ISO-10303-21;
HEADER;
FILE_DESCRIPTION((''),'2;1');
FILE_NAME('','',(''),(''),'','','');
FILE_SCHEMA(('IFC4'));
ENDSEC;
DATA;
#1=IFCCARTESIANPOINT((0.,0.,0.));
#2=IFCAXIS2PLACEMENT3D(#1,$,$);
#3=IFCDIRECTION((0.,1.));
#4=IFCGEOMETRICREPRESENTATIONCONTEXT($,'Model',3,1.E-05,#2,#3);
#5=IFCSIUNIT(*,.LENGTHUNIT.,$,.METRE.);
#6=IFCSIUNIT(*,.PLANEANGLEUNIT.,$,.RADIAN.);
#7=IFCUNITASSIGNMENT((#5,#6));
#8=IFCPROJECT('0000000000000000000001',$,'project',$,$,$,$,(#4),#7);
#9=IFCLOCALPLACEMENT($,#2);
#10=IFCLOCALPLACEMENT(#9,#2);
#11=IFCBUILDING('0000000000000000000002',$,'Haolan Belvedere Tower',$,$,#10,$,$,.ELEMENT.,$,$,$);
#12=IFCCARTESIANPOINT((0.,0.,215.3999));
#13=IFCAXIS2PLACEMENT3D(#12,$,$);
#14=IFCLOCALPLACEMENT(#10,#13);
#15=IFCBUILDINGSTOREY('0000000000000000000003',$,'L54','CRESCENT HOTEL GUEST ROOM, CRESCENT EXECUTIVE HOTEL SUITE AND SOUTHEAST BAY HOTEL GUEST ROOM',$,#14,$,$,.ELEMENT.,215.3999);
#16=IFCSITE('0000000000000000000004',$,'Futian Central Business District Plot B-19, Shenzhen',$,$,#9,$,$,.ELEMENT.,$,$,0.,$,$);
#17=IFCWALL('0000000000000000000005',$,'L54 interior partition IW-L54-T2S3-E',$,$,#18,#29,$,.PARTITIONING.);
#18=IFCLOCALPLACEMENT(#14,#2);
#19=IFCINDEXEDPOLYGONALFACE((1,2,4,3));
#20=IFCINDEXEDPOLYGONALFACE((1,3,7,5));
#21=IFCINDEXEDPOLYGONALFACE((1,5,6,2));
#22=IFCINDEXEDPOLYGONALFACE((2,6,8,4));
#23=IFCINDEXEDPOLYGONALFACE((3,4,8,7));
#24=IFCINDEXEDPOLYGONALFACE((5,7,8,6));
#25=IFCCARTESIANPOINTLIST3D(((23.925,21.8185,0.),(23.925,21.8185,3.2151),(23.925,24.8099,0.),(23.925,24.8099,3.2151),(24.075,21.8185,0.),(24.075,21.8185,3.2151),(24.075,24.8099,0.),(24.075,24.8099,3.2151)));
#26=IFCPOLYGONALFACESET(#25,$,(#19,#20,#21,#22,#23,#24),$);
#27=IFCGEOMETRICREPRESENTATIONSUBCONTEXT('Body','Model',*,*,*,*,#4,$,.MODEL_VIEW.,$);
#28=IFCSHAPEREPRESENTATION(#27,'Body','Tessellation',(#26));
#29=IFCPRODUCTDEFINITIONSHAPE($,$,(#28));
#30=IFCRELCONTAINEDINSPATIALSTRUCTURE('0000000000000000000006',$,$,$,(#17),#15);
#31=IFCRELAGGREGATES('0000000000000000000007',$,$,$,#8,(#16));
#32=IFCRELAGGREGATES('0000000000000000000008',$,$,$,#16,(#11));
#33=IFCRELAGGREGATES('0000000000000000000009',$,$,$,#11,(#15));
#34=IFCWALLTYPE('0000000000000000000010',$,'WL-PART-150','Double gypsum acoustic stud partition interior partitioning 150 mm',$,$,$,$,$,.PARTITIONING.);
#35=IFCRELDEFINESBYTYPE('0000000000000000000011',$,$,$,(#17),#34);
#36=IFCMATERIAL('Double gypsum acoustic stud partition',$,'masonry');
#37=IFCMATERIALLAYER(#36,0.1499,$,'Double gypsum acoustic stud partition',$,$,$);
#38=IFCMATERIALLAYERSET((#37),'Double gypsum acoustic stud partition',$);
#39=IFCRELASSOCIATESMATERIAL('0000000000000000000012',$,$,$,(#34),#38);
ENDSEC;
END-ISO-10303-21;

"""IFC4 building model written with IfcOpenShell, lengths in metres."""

from ifc_helpers import new_model, si_unit, direction, frame, frame_2d, origin, place, context, subcontext, project, spatial, rectangle, extrude, material, layer, layer_set, type_object, element, save


model = new_model("IFC4")

# Units and contexts
model_context = context("Model", 3, precision=1e-05, world=origin(), true_north=direction((0.0, 1.0)))
body_context = subcontext(model_context, "Body", "Model", "MODEL_VIEW")
ifc_project = project(units=[si_unit("LENGTHUNIT", "METRE"), si_unit("PLANEANGLEUNIT", "RADIAN")], contexts=[model_context])

# Site, building, storey
site_placement = place(None, origin())
site = spatial("IfcSite", under=ifc_project, at=site_placement, Name="Futian Central Business District Plot B-19, Shenzhen", CompositionType="ELEMENT", RefElevation=0.0)
building_placement = place(site_placement, origin())
building = spatial("IfcBuilding", under=site, at=building_placement, Name="Haolan Belvedere Tower", CompositionType="ELEMENT")
storey_placement = place(building_placement, frame((0.0, 0.0, 215.3999)))
storey = spatial("IfcBuildingStorey", under=building, at=storey_placement, Name="L54", Description="CRESCENT HOTEL GUEST ROOM, CRESCENT EXECUTIVE HOTEL SUITE AND SOUTHEAST BAY HOTEL GUEST ROOM", CompositionType="ELEMENT", Elevation=215.3999)

# Shared definitions
ifc_material_1 = material(Name="Double gypsum acoustic stud partition", Category="masonry")
ifc_layer_1 = layer(ifc_material_1, 0.1499, Name="Double gypsum acoustic stud partition")
ifc_layer_set_1 = layer_set([ifc_layer_1], Name="Double gypsum acoustic stud partition")
wall_type_1 = type_object("IfcWallType", Name="WL-PART-150", Description="Double gypsum acoustic stud partition interior partitioning 150 mm", PredefinedType="PARTITIONING", material=ifc_layer_set_1)

# Wall
wall_1_placement = place(storey_placement, frame((24.0, 21.8186, 0.0), z_axis=(0.0, 0.0, 1.0), x_axis=(0.0, 1.0, 0.0)))
element("IfcWall", 1, at=wall_1_placement, inside=storey, type_object=wall_type_1, Name="L54 interior partition IW-L54-T2S3-E", PredefinedType="PARTITIONING", context=body_context, shape_type="SweptSolid", body=[
    extrude(rectangle(XDim=2.9915, YDim=0.1499, at=frame_2d((1.4956, 0.0))), origin(), (0.0, 0.0, 1.0), 3.2151),
])

save(model, "model.ifc")
